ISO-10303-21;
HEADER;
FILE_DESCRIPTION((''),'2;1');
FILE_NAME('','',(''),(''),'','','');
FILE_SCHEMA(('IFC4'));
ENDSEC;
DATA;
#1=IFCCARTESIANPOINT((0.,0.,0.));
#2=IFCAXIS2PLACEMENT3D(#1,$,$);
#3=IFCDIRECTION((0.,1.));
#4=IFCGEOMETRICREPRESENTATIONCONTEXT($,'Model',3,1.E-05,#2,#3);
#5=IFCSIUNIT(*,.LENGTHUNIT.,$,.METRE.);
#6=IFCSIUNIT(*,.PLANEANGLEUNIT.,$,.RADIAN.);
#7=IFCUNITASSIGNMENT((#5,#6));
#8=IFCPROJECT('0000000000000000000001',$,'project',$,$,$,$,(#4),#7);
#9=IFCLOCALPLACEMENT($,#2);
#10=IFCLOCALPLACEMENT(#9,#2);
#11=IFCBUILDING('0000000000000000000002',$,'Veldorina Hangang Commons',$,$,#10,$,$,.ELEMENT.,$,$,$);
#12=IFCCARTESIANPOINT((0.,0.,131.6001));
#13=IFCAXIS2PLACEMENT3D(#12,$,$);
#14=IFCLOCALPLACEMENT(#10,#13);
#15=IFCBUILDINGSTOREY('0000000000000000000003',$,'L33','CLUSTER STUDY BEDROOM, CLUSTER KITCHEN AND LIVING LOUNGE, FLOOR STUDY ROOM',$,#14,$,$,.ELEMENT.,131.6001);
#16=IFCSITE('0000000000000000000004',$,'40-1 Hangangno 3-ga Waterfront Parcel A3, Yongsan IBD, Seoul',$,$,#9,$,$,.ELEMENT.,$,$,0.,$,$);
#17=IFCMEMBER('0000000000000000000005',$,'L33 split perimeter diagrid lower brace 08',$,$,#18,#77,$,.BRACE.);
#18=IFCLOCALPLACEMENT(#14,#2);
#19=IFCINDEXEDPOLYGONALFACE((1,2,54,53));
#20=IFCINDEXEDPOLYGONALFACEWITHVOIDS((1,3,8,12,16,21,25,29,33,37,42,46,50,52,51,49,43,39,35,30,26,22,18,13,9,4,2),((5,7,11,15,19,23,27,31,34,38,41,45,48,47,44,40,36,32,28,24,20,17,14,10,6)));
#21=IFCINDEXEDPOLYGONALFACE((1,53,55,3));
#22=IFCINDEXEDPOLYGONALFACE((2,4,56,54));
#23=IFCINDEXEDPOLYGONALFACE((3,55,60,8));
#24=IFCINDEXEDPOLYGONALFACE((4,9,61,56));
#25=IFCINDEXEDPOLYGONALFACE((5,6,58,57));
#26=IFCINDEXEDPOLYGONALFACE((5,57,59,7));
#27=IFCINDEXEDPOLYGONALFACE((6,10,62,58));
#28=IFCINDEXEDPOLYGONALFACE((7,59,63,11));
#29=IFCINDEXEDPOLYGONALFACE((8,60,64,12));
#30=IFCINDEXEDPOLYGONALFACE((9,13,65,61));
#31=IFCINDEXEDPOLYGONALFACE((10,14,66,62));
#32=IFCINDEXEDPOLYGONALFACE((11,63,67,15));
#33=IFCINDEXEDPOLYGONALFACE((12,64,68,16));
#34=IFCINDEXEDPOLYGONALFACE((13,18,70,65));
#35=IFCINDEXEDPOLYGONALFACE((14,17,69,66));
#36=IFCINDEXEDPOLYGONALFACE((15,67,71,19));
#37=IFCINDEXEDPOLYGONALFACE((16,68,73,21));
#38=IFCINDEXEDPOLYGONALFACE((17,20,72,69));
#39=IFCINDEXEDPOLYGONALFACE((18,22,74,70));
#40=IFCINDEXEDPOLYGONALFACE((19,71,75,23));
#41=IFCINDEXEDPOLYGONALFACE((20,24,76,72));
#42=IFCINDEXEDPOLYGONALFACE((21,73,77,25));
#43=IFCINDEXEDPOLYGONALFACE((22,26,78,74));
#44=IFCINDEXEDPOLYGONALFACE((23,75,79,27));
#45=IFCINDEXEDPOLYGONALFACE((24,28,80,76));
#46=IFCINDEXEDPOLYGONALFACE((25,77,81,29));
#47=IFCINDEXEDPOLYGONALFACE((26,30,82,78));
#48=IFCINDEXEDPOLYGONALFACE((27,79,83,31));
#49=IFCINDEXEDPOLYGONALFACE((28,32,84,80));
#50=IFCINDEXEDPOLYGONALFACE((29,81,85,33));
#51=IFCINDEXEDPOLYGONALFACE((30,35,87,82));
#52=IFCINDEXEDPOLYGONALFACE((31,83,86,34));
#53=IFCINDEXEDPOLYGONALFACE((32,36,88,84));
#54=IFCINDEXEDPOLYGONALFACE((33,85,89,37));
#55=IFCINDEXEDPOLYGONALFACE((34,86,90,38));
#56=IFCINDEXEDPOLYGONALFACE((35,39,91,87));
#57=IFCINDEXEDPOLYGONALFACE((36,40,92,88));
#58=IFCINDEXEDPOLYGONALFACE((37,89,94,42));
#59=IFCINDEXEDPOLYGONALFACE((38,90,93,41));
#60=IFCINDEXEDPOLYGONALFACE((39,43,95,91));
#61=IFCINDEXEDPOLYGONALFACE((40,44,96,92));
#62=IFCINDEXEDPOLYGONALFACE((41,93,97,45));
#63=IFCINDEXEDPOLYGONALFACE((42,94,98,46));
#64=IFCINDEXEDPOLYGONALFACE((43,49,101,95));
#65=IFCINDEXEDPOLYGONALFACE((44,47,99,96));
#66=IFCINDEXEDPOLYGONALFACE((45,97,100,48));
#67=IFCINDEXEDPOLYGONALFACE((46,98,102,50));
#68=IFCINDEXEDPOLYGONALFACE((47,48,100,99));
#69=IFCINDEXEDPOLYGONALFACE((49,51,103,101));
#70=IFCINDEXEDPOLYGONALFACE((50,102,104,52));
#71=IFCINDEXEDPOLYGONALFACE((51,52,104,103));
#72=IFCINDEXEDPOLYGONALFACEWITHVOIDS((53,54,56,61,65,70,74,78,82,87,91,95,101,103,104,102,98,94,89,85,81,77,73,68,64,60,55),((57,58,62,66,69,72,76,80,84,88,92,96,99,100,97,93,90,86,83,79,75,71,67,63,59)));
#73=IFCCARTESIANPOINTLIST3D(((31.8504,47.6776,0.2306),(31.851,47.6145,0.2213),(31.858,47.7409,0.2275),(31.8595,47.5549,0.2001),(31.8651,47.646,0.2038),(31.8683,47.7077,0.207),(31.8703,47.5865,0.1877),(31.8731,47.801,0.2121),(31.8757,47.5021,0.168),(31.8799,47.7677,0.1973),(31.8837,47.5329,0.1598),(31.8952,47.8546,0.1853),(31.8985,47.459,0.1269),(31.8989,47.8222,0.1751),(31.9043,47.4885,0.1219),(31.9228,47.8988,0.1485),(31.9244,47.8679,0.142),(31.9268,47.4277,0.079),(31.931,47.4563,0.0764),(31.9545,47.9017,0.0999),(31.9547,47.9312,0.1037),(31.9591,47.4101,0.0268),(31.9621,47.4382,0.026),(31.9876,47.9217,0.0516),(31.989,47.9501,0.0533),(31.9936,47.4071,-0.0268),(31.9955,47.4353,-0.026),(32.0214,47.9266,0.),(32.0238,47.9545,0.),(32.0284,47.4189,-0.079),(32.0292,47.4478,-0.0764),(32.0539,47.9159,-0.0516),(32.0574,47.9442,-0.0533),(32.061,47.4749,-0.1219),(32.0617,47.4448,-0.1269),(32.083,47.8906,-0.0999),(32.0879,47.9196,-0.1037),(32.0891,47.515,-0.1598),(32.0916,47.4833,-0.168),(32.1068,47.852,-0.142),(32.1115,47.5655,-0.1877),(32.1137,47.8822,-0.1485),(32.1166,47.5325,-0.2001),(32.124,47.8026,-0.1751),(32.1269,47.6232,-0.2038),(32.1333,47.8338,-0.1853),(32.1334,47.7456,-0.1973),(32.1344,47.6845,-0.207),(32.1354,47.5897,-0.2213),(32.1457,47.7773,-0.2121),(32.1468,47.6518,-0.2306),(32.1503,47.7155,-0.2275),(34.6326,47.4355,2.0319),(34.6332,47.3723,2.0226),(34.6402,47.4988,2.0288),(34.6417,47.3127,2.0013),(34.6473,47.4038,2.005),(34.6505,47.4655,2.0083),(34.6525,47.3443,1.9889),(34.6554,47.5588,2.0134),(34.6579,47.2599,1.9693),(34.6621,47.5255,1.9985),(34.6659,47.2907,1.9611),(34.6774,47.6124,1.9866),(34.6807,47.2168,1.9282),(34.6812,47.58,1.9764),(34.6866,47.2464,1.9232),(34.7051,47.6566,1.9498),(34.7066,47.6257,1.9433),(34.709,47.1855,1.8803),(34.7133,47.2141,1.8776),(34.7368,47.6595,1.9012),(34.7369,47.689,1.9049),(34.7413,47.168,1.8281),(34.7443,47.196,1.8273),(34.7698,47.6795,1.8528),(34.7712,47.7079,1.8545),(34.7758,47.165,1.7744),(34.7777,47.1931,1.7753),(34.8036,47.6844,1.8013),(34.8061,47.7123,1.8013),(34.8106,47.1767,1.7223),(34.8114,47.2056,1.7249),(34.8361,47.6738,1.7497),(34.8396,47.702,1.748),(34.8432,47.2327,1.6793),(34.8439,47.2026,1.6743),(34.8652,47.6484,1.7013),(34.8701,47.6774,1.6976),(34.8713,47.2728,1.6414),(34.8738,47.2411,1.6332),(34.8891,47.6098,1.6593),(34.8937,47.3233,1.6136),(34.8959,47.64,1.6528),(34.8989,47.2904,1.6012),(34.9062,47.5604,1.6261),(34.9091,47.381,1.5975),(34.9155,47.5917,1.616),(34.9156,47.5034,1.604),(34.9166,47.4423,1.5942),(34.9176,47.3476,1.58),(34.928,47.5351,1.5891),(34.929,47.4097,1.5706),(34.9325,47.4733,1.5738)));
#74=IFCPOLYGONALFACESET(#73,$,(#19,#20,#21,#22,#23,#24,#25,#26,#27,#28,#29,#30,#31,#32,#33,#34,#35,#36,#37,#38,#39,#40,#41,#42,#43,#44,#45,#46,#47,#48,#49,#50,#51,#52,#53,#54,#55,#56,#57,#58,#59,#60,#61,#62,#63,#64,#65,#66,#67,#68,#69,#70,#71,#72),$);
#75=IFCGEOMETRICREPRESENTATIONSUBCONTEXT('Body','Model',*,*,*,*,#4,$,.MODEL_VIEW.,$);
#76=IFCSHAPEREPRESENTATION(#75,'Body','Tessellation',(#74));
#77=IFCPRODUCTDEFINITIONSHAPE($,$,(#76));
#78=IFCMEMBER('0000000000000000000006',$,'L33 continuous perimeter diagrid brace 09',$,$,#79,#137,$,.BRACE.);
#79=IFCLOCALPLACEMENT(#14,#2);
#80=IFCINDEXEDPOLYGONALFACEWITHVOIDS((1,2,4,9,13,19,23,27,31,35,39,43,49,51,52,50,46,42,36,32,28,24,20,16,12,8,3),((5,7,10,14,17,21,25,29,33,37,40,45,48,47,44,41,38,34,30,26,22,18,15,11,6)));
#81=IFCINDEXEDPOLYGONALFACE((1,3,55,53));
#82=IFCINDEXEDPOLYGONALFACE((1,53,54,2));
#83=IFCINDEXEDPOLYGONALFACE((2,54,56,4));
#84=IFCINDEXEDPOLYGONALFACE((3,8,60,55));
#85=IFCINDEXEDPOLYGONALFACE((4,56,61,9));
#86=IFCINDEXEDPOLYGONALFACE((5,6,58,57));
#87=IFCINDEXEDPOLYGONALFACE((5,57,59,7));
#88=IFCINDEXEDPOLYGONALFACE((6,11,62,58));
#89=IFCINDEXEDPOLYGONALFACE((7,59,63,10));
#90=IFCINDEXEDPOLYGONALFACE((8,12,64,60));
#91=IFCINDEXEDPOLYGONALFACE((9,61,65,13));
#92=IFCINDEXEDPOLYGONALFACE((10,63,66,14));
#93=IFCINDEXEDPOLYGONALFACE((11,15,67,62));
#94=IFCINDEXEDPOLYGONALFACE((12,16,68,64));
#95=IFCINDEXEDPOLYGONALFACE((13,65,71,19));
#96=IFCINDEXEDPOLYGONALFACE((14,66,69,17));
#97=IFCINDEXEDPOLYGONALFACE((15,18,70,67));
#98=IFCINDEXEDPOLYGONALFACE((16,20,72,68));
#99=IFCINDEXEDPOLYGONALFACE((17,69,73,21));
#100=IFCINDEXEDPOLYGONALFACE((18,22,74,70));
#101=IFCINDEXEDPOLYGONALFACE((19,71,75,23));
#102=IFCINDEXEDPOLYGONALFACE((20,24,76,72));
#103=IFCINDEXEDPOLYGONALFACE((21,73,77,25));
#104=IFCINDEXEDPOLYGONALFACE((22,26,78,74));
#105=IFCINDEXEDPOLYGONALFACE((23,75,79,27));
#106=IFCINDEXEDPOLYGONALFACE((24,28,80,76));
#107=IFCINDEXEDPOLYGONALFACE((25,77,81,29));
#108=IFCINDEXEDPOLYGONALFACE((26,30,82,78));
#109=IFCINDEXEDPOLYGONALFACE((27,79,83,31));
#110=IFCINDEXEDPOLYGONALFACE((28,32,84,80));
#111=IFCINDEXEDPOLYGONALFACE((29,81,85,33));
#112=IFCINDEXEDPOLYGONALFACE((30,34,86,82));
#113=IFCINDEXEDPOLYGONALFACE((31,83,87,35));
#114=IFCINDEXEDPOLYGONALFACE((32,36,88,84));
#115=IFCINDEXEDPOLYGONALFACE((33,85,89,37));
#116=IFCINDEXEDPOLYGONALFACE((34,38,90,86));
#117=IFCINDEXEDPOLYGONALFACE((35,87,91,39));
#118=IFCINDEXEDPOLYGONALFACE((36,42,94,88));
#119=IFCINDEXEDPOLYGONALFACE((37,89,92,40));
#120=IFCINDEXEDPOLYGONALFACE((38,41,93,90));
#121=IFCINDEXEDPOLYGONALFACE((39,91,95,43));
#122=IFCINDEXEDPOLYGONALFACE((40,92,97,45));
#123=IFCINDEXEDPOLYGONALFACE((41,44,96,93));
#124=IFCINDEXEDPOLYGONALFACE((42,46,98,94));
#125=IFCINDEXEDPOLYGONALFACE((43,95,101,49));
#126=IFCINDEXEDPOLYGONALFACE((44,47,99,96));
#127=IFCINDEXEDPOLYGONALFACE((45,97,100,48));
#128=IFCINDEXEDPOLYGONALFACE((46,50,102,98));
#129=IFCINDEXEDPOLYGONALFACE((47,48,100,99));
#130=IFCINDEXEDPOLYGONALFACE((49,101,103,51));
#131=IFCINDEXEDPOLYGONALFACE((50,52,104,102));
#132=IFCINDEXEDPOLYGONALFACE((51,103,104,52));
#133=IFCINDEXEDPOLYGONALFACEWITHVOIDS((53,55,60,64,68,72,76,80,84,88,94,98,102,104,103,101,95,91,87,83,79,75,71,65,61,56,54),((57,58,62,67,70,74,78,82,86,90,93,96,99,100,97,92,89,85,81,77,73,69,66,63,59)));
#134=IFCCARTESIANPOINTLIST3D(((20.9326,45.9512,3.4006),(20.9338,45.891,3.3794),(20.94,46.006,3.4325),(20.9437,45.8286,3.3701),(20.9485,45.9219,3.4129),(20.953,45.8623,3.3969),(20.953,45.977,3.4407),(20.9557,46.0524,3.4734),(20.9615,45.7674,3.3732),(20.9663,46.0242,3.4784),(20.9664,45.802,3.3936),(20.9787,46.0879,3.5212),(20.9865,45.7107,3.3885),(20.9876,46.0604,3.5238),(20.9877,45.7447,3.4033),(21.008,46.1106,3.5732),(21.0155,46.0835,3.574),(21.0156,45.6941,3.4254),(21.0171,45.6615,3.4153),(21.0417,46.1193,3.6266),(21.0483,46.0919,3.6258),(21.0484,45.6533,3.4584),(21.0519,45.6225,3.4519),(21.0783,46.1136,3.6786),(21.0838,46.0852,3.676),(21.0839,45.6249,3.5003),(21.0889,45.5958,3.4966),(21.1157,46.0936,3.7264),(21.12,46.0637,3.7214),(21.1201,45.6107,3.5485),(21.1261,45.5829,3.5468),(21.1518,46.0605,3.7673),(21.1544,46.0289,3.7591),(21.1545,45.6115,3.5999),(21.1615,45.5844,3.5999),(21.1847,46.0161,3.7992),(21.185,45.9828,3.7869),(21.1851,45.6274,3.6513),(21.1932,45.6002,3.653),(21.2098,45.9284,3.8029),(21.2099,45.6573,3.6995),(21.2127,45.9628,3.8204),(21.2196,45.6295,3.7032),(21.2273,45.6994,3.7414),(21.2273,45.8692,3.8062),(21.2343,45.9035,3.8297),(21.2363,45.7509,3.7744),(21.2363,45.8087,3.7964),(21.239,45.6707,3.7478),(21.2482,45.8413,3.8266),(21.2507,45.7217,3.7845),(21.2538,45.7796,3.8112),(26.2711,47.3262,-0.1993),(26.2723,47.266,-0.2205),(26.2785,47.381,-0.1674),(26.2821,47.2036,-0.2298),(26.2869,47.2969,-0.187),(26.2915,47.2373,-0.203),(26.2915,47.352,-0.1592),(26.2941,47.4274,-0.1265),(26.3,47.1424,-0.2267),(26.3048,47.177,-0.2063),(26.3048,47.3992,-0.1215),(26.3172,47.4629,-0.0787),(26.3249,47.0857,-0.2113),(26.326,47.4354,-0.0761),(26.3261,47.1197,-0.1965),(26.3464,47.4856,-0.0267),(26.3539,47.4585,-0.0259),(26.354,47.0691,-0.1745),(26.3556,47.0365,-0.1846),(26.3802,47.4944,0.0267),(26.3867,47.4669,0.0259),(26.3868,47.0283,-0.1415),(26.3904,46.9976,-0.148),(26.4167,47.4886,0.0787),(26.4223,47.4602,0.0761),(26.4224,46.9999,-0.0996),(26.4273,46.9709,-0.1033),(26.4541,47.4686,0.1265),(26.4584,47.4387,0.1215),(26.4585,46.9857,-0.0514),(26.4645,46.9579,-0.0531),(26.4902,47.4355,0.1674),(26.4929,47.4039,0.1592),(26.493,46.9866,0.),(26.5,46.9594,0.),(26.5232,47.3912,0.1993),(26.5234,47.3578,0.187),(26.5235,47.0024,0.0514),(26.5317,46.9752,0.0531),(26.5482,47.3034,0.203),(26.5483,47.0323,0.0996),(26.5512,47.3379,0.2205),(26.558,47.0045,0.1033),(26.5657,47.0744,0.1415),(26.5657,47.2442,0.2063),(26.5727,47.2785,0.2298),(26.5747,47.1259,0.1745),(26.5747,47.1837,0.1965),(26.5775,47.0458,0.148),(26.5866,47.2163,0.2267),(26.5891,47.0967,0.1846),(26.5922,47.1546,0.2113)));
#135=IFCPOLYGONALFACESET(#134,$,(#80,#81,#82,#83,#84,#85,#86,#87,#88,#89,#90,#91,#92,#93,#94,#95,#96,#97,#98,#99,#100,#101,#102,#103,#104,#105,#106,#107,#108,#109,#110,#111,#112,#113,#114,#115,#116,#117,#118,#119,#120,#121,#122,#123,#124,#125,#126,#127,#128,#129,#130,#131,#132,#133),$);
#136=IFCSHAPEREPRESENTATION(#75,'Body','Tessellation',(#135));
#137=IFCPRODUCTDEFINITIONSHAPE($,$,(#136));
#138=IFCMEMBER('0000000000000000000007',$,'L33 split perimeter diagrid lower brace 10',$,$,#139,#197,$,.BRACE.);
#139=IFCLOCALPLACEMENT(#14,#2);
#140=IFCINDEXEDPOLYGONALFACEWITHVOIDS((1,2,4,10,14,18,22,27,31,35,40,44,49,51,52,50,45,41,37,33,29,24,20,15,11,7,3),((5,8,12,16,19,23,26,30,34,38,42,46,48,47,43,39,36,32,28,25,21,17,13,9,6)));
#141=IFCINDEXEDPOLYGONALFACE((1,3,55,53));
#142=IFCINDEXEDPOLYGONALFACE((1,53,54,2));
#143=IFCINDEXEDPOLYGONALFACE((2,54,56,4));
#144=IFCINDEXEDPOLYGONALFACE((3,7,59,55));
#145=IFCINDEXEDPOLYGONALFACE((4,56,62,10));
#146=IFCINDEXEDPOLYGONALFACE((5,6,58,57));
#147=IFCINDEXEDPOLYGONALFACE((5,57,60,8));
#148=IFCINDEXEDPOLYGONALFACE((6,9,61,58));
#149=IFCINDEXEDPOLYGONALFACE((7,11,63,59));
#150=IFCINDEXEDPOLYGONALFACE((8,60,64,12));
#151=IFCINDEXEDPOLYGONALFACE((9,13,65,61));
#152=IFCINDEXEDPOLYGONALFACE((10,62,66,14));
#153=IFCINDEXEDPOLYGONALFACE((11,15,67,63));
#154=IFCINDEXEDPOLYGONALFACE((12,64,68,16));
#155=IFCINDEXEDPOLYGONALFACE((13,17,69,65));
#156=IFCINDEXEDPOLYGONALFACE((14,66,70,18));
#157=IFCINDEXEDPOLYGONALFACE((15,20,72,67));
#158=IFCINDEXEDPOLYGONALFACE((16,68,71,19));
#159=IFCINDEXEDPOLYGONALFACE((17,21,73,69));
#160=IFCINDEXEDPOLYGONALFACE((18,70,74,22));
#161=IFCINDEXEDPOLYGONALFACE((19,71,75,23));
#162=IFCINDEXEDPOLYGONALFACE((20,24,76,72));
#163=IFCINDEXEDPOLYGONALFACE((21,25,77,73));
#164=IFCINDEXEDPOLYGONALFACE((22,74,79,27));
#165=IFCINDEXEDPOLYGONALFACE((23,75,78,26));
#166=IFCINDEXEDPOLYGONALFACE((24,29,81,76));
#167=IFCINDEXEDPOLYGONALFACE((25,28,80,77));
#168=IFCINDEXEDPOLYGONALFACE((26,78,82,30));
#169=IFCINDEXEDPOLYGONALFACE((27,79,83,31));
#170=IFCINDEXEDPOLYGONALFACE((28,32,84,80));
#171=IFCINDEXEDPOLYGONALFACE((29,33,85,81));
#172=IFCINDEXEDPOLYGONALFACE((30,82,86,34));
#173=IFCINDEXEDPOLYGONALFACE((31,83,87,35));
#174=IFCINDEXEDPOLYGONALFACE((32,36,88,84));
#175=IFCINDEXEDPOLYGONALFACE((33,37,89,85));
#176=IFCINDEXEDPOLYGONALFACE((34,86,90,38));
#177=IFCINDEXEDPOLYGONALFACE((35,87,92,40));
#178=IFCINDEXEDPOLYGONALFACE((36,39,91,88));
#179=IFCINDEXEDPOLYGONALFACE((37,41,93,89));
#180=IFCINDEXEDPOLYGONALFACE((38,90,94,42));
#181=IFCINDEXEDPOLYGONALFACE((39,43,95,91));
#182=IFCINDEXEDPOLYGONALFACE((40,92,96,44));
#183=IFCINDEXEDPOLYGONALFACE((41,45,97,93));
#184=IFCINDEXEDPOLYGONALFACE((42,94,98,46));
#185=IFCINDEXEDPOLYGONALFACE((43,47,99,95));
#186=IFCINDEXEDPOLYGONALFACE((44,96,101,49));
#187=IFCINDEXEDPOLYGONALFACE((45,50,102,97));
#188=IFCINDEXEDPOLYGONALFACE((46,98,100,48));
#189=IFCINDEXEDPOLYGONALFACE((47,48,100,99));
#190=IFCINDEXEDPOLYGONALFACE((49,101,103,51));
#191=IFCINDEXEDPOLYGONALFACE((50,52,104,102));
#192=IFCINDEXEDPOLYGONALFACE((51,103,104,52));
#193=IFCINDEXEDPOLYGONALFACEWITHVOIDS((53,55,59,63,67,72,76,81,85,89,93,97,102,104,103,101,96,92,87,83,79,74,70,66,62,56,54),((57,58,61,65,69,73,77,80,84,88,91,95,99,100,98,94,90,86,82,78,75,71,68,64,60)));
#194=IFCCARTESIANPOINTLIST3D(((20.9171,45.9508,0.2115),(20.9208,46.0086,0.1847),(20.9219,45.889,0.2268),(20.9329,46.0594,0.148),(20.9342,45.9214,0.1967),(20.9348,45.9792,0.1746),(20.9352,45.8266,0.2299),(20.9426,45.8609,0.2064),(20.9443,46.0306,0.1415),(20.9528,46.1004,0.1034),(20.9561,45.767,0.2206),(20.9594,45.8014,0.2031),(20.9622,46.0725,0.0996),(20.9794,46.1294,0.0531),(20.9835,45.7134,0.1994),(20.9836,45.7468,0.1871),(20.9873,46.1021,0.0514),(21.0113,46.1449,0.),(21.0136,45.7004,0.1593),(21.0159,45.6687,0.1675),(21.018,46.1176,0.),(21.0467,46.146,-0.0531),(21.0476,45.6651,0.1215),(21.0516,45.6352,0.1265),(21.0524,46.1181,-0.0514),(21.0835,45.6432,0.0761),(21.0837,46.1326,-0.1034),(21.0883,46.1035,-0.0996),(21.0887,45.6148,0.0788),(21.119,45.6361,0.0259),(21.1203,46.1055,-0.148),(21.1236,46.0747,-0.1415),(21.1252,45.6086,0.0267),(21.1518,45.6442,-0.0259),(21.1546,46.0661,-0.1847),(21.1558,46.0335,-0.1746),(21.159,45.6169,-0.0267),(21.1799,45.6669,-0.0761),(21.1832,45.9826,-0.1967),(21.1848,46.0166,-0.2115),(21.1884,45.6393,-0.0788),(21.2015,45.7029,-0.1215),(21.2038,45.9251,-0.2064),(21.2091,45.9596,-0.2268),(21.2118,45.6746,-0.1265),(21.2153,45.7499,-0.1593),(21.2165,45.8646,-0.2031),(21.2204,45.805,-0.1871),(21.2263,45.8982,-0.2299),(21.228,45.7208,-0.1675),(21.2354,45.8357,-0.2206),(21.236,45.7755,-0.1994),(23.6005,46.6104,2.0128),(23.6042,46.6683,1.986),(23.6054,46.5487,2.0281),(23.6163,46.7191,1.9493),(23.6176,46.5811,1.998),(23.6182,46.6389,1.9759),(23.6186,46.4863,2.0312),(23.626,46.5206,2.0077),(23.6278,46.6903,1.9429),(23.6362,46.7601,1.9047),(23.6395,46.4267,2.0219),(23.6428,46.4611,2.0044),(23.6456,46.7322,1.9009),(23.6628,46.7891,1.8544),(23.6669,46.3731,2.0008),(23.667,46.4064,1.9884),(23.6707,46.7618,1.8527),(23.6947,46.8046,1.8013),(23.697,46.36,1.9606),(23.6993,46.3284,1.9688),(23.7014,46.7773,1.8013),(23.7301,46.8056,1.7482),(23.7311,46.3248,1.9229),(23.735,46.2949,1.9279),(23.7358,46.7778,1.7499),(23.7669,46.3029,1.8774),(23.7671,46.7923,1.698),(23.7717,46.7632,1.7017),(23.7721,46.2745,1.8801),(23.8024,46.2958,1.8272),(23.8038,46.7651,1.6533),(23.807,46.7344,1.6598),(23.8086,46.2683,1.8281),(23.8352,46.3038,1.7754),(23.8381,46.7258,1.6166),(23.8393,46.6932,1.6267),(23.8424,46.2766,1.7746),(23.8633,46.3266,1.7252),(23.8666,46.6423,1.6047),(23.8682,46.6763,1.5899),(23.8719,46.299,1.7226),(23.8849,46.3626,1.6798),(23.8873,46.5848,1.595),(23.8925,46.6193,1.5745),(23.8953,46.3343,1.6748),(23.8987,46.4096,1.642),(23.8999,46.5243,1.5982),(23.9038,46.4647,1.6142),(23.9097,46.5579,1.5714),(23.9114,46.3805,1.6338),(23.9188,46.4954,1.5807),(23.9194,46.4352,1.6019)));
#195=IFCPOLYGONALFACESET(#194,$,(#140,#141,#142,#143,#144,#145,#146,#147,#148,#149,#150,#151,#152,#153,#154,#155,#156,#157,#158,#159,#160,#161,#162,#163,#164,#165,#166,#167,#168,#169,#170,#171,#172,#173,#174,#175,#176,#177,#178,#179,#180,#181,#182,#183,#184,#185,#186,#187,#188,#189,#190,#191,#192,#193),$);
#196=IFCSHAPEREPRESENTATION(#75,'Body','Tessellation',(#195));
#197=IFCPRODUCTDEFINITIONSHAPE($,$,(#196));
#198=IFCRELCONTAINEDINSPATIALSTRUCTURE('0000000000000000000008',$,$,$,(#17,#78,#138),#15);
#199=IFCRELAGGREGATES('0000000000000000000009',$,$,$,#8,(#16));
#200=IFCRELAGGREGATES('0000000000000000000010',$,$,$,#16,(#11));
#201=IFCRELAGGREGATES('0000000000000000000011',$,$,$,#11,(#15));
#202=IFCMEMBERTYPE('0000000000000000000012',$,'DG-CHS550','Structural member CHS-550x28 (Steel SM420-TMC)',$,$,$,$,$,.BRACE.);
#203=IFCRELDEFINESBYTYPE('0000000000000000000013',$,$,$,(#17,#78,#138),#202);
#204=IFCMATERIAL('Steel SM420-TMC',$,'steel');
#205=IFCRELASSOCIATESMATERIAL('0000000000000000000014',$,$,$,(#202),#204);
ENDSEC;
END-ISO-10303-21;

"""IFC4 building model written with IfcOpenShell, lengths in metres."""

from ifc_helpers import new_model, si_unit, direction, frame, origin, origin_2d, place, context, subcontext, project, spatial, hollow_circle, extrude, material, material_profile, profile_set, type_object, element, save


model = new_model("IFC4")

# Units and contexts
model_context = context("Model", 3, precision=1e-05, world=origin(), true_north=direction((0.0, 1.0)))
body_context = subcontext(model_context, "Body", "Model", "MODEL_VIEW")
ifc_project = project(units=[si_unit("LENGTHUNIT", "METRE"), si_unit("PLANEANGLEUNIT", "RADIAN")], contexts=[model_context])

# Site, building, storey
site_placement = place(None, origin())
site = spatial("IfcSite", under=ifc_project, at=site_placement, Name="40-1 Hangangno 3-ga Waterfront Parcel A3, Yongsan IBD, Seoul", CompositionType="ELEMENT", RefElevation=0.0)
building_placement = place(site_placement, origin())
building = spatial("IfcBuilding", under=site, at=building_placement, Name="Veldorina Hangang Commons", CompositionType="ELEMENT")
storey_placement = place(building_placement, frame((0.0, 0.0, 131.6001)))
storey = spatial("IfcBuildingStorey", under=building, at=storey_placement, Name="L33", Description="CLUSTER STUDY BEDROOM, CLUSTER KITCHEN AND LIVING LOUNGE, FLOOR STUDY ROOM", CompositionType="ELEMENT", Elevation=131.6001)

# Shared definitions
ifc_material_1 = material(Name="Steel SM420-TMC", Category="steel")

# Members
ifc_material_profile_1 = material_profile(ifc_material_1, hollow_circle(Radius=0.2749, WallThickness=0.0281, at=origin_2d()), Name="CHS-550x28")
ifc_profile_set_1 = profile_set([ifc_material_profile_1], Name="Steel SM420-TMC")
member_type = type_object("IfcMemberType", Name="DG-CHS550", Description="Structural member CHS-550x28 (Steel SM420-TMC)", PredefinedType="BRACE", material=ifc_profile_set_1)
member_1_placement = place(storey_placement, frame((32.0, 47.6807, 0.0), z_axis=(0.8372, -0.072877, 0.54202), x_axis=(0.08672, 0.996233, 0.0)))
element("IfcMember", 1, at=member_1_placement, inside=storey, type_object=member_type, Name="L33 split perimeter diagrid lower brace 08", PredefinedType="BRACE", context=body_context, shape_type="SweptSolid", body=[
    extrude(hollow_circle(Radius=0.2749, WallThickness=0.0281, at=origin_2d()), origin(), (0.0, 0.0, 1.0), 3.3232),
])
member_2_placement = place(storey_placement, frame((26.4314, 47.2256, 0.0), z_axis=(-0.810822, -0.208842, 0.546765), x_axis=(0.249428, -0.968393, 0.0)))
element("IfcMember", 2, at=member_2_placement, inside=storey, type_object=member_type, Name="L33 continuous perimeter diagrid brace 09", PredefinedType="BRACE", context=body_context, shape_type="SweptSolid", body=[
    extrude(hollow_circle(Radius=0.2749, WallThickness=0.0281, at=origin_2d()), origin(), (0.0, 0.0, 1.0), 6.584),
])
member_3_placement = place(storey_placement, frame((21.0769, 45.8779, 0.0), z_axis=(0.813506, 0.19999, 0.546088), x_axis=(-0.238729, 0.971086, 0.0)))
element("IfcMember", 3, at=member_3_placement, inside=storey, type_object=member_type, Name="L33 split perimeter diagrid lower brace 10", PredefinedType="BRACE", context=body_context, shape_type="SweptSolid", body=[
    extrude(hollow_circle(Radius=0.2749, WallThickness=0.0281, at=origin_2d()), origin(), (0.0, 0.0, 1.0), 3.2986),
])

save(model, "model.ifc")
